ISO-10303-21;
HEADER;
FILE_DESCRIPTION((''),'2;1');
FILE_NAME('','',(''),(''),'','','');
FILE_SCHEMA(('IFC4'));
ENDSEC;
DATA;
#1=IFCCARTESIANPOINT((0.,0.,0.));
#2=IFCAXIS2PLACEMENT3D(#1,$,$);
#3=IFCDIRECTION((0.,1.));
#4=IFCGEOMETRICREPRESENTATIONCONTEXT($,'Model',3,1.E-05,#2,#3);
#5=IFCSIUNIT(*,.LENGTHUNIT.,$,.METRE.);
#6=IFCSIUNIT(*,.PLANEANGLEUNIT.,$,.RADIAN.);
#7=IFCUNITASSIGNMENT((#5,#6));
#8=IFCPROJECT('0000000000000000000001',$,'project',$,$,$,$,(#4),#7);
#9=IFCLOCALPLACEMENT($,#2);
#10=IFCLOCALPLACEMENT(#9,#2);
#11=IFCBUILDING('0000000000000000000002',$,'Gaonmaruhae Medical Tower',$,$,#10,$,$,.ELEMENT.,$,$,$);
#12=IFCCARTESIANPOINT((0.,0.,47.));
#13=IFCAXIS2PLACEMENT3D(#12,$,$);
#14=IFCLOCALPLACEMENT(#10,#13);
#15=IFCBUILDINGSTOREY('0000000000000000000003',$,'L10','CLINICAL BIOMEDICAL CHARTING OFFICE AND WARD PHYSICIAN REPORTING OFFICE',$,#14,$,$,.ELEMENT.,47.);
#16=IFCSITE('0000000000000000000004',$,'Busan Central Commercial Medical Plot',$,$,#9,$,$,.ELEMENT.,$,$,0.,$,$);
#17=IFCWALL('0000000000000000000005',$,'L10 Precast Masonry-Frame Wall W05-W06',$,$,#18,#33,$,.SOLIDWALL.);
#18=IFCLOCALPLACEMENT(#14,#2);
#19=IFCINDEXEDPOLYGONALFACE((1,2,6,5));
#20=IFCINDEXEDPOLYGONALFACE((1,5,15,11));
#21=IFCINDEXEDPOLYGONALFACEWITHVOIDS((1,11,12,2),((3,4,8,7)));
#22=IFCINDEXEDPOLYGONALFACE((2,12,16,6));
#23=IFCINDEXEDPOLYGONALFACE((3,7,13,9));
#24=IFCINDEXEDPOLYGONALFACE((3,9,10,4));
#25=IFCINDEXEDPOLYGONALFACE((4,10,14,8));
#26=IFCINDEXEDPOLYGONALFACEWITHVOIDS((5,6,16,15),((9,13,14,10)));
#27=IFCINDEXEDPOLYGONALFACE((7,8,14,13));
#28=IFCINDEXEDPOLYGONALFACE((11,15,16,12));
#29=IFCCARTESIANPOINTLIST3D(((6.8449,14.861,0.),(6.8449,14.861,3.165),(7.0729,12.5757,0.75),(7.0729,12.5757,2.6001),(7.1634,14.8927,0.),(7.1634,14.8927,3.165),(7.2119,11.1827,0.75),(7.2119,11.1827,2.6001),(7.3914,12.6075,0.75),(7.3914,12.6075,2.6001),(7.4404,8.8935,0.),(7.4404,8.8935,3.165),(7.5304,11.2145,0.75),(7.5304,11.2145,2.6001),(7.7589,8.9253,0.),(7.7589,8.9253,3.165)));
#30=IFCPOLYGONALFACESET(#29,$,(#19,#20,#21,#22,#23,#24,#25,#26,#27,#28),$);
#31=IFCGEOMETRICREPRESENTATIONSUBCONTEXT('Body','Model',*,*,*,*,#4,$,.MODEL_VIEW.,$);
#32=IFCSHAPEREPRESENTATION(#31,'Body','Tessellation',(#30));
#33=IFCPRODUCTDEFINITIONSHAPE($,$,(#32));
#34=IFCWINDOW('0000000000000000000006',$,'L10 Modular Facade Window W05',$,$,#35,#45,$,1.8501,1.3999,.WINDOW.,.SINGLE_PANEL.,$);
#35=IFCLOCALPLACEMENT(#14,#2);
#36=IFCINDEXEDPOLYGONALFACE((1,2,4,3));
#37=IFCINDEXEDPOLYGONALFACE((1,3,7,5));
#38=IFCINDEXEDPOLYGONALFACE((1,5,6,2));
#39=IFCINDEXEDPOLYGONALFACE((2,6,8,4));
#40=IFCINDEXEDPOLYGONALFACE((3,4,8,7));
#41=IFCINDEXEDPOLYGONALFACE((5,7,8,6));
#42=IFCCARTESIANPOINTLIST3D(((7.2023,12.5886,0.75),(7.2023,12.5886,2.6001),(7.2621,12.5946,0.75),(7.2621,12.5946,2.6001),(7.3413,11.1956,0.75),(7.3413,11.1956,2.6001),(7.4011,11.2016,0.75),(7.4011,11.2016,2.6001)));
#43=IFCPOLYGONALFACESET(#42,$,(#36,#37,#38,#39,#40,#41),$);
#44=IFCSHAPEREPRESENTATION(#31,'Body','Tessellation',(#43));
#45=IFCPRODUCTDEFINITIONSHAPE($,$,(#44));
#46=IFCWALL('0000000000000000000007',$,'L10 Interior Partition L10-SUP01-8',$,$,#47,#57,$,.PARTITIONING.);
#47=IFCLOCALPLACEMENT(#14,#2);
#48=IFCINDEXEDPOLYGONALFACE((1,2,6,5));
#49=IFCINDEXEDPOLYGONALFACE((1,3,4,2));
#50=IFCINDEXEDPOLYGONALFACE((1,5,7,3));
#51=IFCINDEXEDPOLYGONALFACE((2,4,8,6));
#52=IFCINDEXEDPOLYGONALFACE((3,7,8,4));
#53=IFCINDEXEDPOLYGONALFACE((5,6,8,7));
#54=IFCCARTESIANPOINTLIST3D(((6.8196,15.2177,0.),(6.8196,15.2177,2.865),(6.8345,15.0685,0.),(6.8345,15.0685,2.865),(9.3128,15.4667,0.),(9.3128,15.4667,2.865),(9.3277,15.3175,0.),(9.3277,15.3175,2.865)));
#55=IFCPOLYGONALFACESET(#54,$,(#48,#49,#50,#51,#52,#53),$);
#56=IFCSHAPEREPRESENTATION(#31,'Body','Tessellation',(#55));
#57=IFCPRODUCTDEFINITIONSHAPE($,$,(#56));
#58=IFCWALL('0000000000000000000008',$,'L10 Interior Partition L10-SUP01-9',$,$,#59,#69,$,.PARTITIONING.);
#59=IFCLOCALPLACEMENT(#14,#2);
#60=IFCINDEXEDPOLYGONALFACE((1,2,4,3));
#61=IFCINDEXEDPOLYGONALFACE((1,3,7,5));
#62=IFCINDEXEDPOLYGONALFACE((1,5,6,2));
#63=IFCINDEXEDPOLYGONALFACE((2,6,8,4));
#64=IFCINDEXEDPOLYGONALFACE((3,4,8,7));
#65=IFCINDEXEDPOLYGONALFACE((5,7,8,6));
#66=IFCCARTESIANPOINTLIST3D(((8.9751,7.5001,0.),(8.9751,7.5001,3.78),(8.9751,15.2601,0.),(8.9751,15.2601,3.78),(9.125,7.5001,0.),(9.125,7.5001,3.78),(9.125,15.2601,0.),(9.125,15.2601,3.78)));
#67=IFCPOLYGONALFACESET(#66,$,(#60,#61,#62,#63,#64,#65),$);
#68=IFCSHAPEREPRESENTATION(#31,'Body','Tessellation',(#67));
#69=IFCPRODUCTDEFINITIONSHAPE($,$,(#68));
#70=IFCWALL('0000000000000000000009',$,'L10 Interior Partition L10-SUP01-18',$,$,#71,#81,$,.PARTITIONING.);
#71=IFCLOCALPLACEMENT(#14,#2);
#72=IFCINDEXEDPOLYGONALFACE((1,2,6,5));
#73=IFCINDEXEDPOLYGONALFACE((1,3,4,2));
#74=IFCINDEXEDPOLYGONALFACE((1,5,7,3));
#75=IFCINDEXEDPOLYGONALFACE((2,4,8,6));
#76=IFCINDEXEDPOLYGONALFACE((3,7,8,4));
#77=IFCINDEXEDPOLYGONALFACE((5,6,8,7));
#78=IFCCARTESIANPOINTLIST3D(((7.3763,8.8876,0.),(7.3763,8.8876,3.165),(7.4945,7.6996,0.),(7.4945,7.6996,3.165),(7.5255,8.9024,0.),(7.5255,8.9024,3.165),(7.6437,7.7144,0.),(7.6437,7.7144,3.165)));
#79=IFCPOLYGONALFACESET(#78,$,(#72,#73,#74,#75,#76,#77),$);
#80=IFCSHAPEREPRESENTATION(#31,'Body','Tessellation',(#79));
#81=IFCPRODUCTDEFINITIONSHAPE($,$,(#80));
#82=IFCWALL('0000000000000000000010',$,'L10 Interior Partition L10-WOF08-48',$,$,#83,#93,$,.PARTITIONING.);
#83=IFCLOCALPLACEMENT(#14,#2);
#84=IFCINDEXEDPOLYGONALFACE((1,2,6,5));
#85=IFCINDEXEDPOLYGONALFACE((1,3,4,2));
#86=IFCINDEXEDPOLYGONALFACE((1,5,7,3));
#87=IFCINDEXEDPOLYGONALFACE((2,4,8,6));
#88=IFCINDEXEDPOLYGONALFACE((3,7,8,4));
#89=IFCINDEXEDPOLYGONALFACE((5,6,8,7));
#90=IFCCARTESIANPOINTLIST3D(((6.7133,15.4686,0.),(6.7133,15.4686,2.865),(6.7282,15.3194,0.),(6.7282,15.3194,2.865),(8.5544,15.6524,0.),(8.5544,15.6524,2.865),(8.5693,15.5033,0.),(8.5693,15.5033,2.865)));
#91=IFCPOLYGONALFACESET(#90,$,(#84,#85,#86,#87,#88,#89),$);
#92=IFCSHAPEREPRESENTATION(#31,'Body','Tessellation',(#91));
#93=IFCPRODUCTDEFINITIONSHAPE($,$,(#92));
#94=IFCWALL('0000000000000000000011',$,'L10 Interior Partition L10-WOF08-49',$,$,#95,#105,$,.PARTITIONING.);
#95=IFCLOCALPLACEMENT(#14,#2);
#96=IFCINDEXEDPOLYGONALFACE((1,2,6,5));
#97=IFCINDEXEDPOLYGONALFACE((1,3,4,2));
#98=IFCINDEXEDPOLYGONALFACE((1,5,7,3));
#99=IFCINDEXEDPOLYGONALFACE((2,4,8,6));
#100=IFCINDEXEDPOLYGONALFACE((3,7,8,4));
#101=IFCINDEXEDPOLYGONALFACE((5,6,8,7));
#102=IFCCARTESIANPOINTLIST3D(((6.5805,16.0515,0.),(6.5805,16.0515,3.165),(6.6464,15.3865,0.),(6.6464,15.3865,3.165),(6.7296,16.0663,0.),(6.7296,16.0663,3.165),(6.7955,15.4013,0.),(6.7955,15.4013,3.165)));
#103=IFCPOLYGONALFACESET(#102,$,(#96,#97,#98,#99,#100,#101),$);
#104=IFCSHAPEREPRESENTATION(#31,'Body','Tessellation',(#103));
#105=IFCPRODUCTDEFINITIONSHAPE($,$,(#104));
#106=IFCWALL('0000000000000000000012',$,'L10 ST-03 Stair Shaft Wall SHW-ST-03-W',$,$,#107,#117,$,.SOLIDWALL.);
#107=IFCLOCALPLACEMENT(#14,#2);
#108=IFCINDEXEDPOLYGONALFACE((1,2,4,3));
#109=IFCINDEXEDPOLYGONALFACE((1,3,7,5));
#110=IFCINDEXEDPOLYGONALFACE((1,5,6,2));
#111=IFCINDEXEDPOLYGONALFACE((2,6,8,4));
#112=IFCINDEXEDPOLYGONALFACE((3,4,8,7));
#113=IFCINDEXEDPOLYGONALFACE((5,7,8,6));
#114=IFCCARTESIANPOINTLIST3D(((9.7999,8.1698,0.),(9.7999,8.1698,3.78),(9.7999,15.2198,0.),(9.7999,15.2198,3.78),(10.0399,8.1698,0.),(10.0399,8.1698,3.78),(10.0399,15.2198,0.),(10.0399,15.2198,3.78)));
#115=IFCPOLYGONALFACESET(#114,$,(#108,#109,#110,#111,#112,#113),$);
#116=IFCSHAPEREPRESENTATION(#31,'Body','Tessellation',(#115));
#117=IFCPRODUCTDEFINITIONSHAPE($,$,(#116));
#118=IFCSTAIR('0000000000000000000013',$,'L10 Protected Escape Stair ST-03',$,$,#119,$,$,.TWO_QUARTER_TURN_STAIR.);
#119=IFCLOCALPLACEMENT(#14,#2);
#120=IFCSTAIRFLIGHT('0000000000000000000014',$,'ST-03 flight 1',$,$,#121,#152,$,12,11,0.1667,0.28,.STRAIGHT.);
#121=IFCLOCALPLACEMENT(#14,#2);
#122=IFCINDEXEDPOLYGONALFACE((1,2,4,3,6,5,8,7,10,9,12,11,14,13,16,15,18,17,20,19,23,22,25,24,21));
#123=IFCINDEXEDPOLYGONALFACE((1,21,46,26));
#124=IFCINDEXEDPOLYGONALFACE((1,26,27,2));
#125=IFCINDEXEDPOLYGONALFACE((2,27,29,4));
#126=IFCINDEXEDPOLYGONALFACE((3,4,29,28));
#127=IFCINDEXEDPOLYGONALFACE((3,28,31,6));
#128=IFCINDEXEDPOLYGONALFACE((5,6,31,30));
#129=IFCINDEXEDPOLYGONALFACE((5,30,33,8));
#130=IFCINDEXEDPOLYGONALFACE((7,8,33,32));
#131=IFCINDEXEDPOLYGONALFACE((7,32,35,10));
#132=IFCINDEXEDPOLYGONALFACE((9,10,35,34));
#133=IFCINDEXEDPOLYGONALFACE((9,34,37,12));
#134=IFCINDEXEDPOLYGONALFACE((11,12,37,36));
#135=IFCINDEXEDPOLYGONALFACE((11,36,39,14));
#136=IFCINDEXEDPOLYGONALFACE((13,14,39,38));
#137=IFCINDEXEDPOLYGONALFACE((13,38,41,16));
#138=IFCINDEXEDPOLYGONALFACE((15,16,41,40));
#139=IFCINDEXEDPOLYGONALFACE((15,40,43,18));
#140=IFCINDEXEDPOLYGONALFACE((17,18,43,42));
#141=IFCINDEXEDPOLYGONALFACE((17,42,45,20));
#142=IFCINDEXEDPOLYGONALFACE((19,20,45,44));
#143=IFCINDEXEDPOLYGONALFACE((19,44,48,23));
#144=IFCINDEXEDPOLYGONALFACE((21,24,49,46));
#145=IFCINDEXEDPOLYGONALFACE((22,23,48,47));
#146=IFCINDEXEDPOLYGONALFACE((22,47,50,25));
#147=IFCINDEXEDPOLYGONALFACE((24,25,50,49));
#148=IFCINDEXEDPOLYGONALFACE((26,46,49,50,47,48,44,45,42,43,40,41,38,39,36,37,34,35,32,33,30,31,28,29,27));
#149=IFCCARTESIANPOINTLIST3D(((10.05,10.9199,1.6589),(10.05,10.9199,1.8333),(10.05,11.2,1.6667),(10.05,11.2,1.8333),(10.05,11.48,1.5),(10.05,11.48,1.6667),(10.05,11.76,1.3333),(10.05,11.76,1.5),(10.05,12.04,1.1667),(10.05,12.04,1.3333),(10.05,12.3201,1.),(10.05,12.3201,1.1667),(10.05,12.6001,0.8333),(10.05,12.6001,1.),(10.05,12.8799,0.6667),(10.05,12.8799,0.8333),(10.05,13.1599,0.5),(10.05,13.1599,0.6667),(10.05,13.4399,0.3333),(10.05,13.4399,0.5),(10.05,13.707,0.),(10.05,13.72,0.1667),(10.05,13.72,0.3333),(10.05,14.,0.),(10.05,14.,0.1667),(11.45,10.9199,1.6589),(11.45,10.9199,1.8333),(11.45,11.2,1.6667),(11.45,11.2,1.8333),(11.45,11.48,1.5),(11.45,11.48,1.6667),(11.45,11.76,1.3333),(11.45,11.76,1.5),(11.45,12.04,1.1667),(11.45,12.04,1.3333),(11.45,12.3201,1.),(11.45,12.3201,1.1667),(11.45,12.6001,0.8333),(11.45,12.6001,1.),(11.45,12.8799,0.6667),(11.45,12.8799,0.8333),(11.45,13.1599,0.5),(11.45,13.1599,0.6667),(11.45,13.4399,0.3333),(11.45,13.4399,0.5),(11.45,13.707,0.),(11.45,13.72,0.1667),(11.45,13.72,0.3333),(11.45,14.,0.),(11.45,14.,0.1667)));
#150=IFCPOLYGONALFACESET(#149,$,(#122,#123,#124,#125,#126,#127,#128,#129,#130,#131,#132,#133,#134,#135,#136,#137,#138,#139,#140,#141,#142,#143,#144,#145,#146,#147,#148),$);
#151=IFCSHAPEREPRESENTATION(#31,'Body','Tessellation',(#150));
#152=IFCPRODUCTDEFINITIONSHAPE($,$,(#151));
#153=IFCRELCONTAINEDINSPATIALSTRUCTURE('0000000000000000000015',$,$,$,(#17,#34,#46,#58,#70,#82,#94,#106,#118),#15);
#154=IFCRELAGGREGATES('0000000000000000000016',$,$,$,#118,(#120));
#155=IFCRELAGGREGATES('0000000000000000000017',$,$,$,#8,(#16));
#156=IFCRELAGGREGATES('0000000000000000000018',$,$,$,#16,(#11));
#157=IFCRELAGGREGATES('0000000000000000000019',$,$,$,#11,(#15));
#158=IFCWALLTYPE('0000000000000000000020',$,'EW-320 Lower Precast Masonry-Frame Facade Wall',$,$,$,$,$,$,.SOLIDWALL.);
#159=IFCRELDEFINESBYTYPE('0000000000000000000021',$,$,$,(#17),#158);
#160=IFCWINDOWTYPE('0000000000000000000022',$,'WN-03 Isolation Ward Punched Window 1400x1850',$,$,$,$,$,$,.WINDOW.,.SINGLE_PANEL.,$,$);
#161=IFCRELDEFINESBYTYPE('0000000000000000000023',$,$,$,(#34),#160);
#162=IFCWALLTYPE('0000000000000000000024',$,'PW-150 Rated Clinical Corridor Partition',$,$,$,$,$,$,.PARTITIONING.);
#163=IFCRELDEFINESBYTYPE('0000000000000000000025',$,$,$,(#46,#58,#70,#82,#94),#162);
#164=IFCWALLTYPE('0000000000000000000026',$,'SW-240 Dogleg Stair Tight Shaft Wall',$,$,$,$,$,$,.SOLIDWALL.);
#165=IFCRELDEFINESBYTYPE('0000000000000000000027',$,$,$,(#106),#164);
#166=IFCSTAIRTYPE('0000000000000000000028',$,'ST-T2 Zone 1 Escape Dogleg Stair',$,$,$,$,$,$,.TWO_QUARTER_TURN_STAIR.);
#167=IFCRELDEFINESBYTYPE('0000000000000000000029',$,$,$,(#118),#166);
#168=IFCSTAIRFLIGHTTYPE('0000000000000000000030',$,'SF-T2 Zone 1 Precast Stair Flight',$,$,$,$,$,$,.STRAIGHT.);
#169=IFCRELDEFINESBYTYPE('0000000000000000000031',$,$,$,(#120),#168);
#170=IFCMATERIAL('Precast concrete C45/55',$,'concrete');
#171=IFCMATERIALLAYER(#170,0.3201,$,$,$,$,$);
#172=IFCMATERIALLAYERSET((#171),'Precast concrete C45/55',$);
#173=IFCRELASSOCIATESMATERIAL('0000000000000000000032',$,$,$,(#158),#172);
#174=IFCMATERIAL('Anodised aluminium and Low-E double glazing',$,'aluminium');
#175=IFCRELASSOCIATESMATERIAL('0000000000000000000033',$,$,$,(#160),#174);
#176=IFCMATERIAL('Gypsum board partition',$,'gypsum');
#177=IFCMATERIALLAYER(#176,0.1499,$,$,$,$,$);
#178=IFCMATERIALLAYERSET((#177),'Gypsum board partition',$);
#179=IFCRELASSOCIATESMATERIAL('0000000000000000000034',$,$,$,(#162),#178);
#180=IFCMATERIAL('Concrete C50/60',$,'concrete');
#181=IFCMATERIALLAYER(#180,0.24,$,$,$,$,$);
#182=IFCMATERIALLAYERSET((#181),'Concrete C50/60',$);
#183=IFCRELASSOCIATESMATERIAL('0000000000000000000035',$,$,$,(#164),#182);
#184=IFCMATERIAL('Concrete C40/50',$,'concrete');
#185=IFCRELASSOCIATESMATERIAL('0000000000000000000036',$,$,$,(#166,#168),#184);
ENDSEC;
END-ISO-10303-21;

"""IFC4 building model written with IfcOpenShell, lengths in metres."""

from ifc_helpers import new_model, si_unit, direction, frame, frame_2d, origin, place, context, subcontext, project, spatial, polyline, rectangle, outline, extrude, material, layer, layer_set, type_object, element, fill, aggregate, save


model = new_model("IFC4")

# Units and contexts
model_context = context("Model", 3, precision=1e-05, world=origin(), true_north=direction((0.0, 1.0)))
body_context = subcontext(model_context, "Body", "Model", "MODEL_VIEW")
ifc_project = project(units=[si_unit("LENGTHUNIT", "METRE"), si_unit("PLANEANGLEUNIT", "RADIAN")], contexts=[model_context])

# Site, building, storey
site_placement = place(None, origin())
site = spatial("IfcSite", under=ifc_project, at=site_placement, Name="Busan Central Commercial Medical Plot", CompositionType="ELEMENT", RefElevation=0.0)
building_placement = place(site_placement, origin())
building = spatial("IfcBuilding", under=site, at=building_placement, Name="Gaonmaruhae Medical Tower", CompositionType="ELEMENT")
storey_placement = place(building_placement, frame((0.0, 0.0, 47.0)))
storey = spatial("IfcBuildingStorey", under=building, at=storey_placement, Name="L10", Description="CLINICAL BIOMEDICAL CHARTING OFFICE AND WARD PHYSICIAN REPORTING OFFICE", CompositionType="ELEMENT", Elevation=47.0)

# Wall, opening, window
ifc_material_1 = material(Name="Precast concrete C45/55", Category="concrete")
ifc_layer_1 = layer(ifc_material_1, 0.3201)
ifc_layer_set_1 = layer_set([ifc_layer_1], Name="Precast concrete C45/55")
wall_type_1 = type_object("IfcWallType", Name="EW-320 Lower Precast Masonry-Frame Facade Wall", PredefinedType="SOLIDWALL", material=ifc_layer_set_1)
ifc_material_2 = material(Name="Anodised aluminium and Low-E double glazing", Category="aluminium")
wall_1_placement = place(storey_placement, frame((7.5996, 8.9094, 0.0), z_axis=(0.0, 0.0, 1.0), x_axis=(-0.09929, 0.995059, 0.0)))
wall_1 = element("IfcWall", 1, at=wall_1_placement, inside=storey, type_object=wall_type_1, Name="L10 Precast Masonry-Frame Wall W05-W06", PredefinedType="SOLIDWALL", context=body_context, shape_type="SweptSolid", body=[
    extrude(rectangle(XDim=5.9971, YDim=0.3201, at=frame_2d((2.9985, 0.0))), origin(), (0.0, 0.0, 1.0), 3.165),
])
opening_1_placement = place(wall_1_placement, frame((2.3005, 0.0, 0.75)))
opening_1 = element("IfcOpeningElement", 2, at=opening_1_placement, cuts=wall_1, PredefinedType="OPENING", context=body_context, shape_type="SweptSolid", body=[
    extrude(rectangle(XDim=1.3999, YDim=1.8501, at=frame_2d((0.7, 0.925))), frame((0.0, 0.1699, 0.0), z_axis=(0.0, -1.0, 0.0), x_axis=(1.0, 0.0, 0.0)), (0.0, 0.0, 1.0), 0.3401),
])
window_type_1 = type_object("IfcWindowType", Name="WN-03 Isolation Ward Punched Window 1400x1850", PartitioningType="SINGLE_PANEL", PredefinedType="WINDOW", material=ifc_material_2)
window_1_placement = place(opening_1_placement, origin())
window_1 = element("IfcWindow", 3, at=window_1_placement, inside=storey, type_object=window_type_1, Name="L10 Modular Facade Window W05", OverallHeight=1.8501, OverallWidth=1.3999, PartitioningType="SINGLE_PANEL", PredefinedType="WINDOW", context=body_context, shape_type="SweptSolid", body=[
    extrude(rectangle(XDim=1.3999, YDim=1.8501, at=frame_2d((0.7, 0.925))), frame((0.0, 0.03, 0.0), z_axis=(0.0, -1.0, 0.0), x_axis=(1.0, 0.0, 0.0)), (0.0, 0.0, 1.0), 0.0601),
])
fill(opening_1, window_1)

# Walls
ifc_material_3 = material(Name="Gypsum board partition", Category="gypsum")
ifc_layer_2 = layer(ifc_material_3, 0.1499)
ifc_layer_set_2 = layer_set([ifc_layer_2], Name="Gypsum board partition")
wall_type_2 = type_object("IfcWallType", Name="PW-150 Rated Clinical Corridor Partition", PredefinedType="PARTITIONING", material=ifc_layer_set_2)
wall_2_placement = place(storey_placement, frame((6.8269, 15.1431, 0.0), z_axis=(0.0, 0.0, 1.0), x_axis=(0.995049, 0.099388, 0.0)))
element("IfcWall", 4, at=wall_2_placement, inside=storey, type_object=wall_type_2, Name="L10 Interior Partition L10-SUP01-8", PredefinedType="PARTITIONING", context=body_context, shape_type="SweptSolid", body=[
    extrude(rectangle(XDim=2.5056, YDim=0.1499, at=frame_2d((1.2529, 0.0))), origin(), (0.0, 0.0, 1.0), 2.865),
])
wall_3_placement = place(storey_placement, frame((9.05, 15.26, 0.0), z_axis=(0.0, 0.0, 1.0), x_axis=(0.0, -1.0, 0.0)))
element("IfcWall", 5, at=wall_3_placement, inside=storey, type_object=wall_type_2, Name="L10 Interior Partition L10-SUP01-9", PredefinedType="PARTITIONING", context=body_context, shape_type="SweptSolid", body=[
    extrude(rectangle(XDim=7.76, YDim=0.1499, at=frame_2d((3.8799, 0.0))), origin(), (0.0, 0.0, 1.0), 3.78),
])
wall_4_placement = place(storey_placement, frame((7.5691, 7.707, 0.0), z_axis=(0.0, 0.0, 1.0), x_axis=(-0.098977, 0.99509, 0.0)))
element("IfcWall", 6, at=wall_4_placement, inside=storey, type_object=wall_type_2, Name="L10 Interior Partition L10-SUP01-18", PredefinedType="PARTITIONING", context=body_context, shape_type="SweptSolid", body=[
    extrude(rectangle(XDim=1.1938, YDim=0.1499, at=frame_2d((0.5969, 0.0))), origin(), (0.0, 0.0, 1.0), 3.165),
])
wall_5_placement = place(storey_placement, frame((8.562, 15.5779, 0.0), z_axis=(0.0, 0.0, 1.0), x_axis=(-0.995052, -0.09936, 0.0)))
element("IfcWall", 7, at=wall_5_placement, inside=storey, type_object=wall_type_2, Name="L10 Interior Partition L10-WOF08-48", PredefinedType="PARTITIONING", context=body_context, shape_type="SweptSolid", body=[
    extrude(rectangle(XDim=1.8503, YDim=0.1499, at=frame_2d((0.9253, 0.0))), origin(), (0.0, 0.0, 1.0), 2.865),
])
wall_6_placement = place(storey_placement, frame((6.7209, 15.394, 0.0), z_axis=(0.0, 0.0, 1.0), x_axis=(-0.098636, 0.995124, 0.0)))
element("IfcWall", 8, at=wall_6_placement, inside=storey, type_object=wall_type_2, Name="L10 Interior Partition L10-WOF08-49", PredefinedType="PARTITIONING", context=body_context, shape_type="SweptSolid", body=[
    extrude(rectangle(XDim=0.6682, YDim=0.1499, at=frame_2d((0.334, 0.0))), origin(), (0.0, 0.0, 1.0), 3.165),
])

# Shared definitions
ifc_material_4 = material(Name="Concrete C50/60", Category="concrete")
ifc_layer_3 = layer(ifc_material_4, 0.24)
ifc_layer_set_3 = layer_set([ifc_layer_3], Name="Concrete C50/60")
wall_type_3 = type_object("IfcWallType", Name="SW-240 Dogleg Stair Tight Shaft Wall", PredefinedType="SOLIDWALL", material=ifc_layer_set_3)

# Wall
wall_7_placement = place(storey_placement, frame((9.9199, 8.1699, 0.0), z_axis=(0.0, 0.0, 1.0), x_axis=(0.0, 1.0, 0.0)))
element("IfcWall", 9, at=wall_7_placement, inside=storey, type_object=wall_type_3, Name="L10 ST-03 Stair Shaft Wall SHW-ST-03-W", PredefinedType="SOLIDWALL", context=body_context, shape_type="SweptSolid", body=[
    extrude(rectangle(XDim=7.05, YDim=0.24, at=frame_2d((3.5249, 0.0))), origin(), (0.0, 0.0, 1.0), 3.78),
])

# Stair, stair flight
ifc_material_5 = material(Name="Concrete C40/50", Category="concrete")
stair_type = type_object("IfcStairType", Name="ST-T2 Zone 1 Escape Dogleg Stair", PredefinedType="TWO_QUARTER_TURN_STAIR", material=ifc_material_5)
stair_placement = place(storey_placement, origin())
stair = element("IfcStair", 10, at=stair_placement, inside=storey, type_object=stair_type, Name="L10 Protected Escape Stair ST-03", PredefinedType="TWO_QUARTER_TURN_STAIR")
stair_flight_type = type_object("IfcStairFlightType", Name="SF-T2 Zone 1 Precast Stair Flight", PredefinedType="STRAIGHT", material=ifc_material_5)
stair_flight_placement = place(storey_placement, frame((10.75, 14.0, 0.0), z_axis=(0.0, 0.0, 1.0), x_axis=(0.0, -1.0, 0.0)))
stair_flight = element("IfcStairFlight", 11, at=stair_flight_placement, type_object=stair_flight_type, Name="ST-03 flight 1", NumberOfRisers=12, NumberOfTreads=11, PredefinedType="STRAIGHT", RiserHeight=0.1667, TreadLength=0.28, context=body_context, shape_type="SweptSolid", body=[
    extrude(outline(polyline([(0.0, 0.0), (0.0, 0.1667), (0.28, 0.1667), (0.28, 0.3333), (0.5601, 0.3333), (0.5601, 0.5), (0.8401, 0.5), (0.8401, 0.6667), (1.1201, 0.6667), (1.1201, 0.8333), (1.3999, 0.8333), (1.3999, 1.0), (1.6799, 1.0), (1.6799, 1.1667), (1.96, 1.1667), (1.96, 1.3333), (2.24, 1.3333), (2.24, 1.5), (2.52, 1.5), (2.52, 1.6667), (2.8, 1.6667), (2.8, 1.8333), (3.0801, 1.8333), (3.0801, 2.0), (3.0801, 1.6589), (0.293, 0.0), (0.0, 0.0)])), frame((0.0, 0.7, 0.0), z_axis=(0.0, -1.0, 0.0), x_axis=(1.0, 0.0, 0.0)), (0.0, 0.0, 1.0), 1.3999),
])
aggregate(stair, [stair_flight])

save(model, "model.ifc")
